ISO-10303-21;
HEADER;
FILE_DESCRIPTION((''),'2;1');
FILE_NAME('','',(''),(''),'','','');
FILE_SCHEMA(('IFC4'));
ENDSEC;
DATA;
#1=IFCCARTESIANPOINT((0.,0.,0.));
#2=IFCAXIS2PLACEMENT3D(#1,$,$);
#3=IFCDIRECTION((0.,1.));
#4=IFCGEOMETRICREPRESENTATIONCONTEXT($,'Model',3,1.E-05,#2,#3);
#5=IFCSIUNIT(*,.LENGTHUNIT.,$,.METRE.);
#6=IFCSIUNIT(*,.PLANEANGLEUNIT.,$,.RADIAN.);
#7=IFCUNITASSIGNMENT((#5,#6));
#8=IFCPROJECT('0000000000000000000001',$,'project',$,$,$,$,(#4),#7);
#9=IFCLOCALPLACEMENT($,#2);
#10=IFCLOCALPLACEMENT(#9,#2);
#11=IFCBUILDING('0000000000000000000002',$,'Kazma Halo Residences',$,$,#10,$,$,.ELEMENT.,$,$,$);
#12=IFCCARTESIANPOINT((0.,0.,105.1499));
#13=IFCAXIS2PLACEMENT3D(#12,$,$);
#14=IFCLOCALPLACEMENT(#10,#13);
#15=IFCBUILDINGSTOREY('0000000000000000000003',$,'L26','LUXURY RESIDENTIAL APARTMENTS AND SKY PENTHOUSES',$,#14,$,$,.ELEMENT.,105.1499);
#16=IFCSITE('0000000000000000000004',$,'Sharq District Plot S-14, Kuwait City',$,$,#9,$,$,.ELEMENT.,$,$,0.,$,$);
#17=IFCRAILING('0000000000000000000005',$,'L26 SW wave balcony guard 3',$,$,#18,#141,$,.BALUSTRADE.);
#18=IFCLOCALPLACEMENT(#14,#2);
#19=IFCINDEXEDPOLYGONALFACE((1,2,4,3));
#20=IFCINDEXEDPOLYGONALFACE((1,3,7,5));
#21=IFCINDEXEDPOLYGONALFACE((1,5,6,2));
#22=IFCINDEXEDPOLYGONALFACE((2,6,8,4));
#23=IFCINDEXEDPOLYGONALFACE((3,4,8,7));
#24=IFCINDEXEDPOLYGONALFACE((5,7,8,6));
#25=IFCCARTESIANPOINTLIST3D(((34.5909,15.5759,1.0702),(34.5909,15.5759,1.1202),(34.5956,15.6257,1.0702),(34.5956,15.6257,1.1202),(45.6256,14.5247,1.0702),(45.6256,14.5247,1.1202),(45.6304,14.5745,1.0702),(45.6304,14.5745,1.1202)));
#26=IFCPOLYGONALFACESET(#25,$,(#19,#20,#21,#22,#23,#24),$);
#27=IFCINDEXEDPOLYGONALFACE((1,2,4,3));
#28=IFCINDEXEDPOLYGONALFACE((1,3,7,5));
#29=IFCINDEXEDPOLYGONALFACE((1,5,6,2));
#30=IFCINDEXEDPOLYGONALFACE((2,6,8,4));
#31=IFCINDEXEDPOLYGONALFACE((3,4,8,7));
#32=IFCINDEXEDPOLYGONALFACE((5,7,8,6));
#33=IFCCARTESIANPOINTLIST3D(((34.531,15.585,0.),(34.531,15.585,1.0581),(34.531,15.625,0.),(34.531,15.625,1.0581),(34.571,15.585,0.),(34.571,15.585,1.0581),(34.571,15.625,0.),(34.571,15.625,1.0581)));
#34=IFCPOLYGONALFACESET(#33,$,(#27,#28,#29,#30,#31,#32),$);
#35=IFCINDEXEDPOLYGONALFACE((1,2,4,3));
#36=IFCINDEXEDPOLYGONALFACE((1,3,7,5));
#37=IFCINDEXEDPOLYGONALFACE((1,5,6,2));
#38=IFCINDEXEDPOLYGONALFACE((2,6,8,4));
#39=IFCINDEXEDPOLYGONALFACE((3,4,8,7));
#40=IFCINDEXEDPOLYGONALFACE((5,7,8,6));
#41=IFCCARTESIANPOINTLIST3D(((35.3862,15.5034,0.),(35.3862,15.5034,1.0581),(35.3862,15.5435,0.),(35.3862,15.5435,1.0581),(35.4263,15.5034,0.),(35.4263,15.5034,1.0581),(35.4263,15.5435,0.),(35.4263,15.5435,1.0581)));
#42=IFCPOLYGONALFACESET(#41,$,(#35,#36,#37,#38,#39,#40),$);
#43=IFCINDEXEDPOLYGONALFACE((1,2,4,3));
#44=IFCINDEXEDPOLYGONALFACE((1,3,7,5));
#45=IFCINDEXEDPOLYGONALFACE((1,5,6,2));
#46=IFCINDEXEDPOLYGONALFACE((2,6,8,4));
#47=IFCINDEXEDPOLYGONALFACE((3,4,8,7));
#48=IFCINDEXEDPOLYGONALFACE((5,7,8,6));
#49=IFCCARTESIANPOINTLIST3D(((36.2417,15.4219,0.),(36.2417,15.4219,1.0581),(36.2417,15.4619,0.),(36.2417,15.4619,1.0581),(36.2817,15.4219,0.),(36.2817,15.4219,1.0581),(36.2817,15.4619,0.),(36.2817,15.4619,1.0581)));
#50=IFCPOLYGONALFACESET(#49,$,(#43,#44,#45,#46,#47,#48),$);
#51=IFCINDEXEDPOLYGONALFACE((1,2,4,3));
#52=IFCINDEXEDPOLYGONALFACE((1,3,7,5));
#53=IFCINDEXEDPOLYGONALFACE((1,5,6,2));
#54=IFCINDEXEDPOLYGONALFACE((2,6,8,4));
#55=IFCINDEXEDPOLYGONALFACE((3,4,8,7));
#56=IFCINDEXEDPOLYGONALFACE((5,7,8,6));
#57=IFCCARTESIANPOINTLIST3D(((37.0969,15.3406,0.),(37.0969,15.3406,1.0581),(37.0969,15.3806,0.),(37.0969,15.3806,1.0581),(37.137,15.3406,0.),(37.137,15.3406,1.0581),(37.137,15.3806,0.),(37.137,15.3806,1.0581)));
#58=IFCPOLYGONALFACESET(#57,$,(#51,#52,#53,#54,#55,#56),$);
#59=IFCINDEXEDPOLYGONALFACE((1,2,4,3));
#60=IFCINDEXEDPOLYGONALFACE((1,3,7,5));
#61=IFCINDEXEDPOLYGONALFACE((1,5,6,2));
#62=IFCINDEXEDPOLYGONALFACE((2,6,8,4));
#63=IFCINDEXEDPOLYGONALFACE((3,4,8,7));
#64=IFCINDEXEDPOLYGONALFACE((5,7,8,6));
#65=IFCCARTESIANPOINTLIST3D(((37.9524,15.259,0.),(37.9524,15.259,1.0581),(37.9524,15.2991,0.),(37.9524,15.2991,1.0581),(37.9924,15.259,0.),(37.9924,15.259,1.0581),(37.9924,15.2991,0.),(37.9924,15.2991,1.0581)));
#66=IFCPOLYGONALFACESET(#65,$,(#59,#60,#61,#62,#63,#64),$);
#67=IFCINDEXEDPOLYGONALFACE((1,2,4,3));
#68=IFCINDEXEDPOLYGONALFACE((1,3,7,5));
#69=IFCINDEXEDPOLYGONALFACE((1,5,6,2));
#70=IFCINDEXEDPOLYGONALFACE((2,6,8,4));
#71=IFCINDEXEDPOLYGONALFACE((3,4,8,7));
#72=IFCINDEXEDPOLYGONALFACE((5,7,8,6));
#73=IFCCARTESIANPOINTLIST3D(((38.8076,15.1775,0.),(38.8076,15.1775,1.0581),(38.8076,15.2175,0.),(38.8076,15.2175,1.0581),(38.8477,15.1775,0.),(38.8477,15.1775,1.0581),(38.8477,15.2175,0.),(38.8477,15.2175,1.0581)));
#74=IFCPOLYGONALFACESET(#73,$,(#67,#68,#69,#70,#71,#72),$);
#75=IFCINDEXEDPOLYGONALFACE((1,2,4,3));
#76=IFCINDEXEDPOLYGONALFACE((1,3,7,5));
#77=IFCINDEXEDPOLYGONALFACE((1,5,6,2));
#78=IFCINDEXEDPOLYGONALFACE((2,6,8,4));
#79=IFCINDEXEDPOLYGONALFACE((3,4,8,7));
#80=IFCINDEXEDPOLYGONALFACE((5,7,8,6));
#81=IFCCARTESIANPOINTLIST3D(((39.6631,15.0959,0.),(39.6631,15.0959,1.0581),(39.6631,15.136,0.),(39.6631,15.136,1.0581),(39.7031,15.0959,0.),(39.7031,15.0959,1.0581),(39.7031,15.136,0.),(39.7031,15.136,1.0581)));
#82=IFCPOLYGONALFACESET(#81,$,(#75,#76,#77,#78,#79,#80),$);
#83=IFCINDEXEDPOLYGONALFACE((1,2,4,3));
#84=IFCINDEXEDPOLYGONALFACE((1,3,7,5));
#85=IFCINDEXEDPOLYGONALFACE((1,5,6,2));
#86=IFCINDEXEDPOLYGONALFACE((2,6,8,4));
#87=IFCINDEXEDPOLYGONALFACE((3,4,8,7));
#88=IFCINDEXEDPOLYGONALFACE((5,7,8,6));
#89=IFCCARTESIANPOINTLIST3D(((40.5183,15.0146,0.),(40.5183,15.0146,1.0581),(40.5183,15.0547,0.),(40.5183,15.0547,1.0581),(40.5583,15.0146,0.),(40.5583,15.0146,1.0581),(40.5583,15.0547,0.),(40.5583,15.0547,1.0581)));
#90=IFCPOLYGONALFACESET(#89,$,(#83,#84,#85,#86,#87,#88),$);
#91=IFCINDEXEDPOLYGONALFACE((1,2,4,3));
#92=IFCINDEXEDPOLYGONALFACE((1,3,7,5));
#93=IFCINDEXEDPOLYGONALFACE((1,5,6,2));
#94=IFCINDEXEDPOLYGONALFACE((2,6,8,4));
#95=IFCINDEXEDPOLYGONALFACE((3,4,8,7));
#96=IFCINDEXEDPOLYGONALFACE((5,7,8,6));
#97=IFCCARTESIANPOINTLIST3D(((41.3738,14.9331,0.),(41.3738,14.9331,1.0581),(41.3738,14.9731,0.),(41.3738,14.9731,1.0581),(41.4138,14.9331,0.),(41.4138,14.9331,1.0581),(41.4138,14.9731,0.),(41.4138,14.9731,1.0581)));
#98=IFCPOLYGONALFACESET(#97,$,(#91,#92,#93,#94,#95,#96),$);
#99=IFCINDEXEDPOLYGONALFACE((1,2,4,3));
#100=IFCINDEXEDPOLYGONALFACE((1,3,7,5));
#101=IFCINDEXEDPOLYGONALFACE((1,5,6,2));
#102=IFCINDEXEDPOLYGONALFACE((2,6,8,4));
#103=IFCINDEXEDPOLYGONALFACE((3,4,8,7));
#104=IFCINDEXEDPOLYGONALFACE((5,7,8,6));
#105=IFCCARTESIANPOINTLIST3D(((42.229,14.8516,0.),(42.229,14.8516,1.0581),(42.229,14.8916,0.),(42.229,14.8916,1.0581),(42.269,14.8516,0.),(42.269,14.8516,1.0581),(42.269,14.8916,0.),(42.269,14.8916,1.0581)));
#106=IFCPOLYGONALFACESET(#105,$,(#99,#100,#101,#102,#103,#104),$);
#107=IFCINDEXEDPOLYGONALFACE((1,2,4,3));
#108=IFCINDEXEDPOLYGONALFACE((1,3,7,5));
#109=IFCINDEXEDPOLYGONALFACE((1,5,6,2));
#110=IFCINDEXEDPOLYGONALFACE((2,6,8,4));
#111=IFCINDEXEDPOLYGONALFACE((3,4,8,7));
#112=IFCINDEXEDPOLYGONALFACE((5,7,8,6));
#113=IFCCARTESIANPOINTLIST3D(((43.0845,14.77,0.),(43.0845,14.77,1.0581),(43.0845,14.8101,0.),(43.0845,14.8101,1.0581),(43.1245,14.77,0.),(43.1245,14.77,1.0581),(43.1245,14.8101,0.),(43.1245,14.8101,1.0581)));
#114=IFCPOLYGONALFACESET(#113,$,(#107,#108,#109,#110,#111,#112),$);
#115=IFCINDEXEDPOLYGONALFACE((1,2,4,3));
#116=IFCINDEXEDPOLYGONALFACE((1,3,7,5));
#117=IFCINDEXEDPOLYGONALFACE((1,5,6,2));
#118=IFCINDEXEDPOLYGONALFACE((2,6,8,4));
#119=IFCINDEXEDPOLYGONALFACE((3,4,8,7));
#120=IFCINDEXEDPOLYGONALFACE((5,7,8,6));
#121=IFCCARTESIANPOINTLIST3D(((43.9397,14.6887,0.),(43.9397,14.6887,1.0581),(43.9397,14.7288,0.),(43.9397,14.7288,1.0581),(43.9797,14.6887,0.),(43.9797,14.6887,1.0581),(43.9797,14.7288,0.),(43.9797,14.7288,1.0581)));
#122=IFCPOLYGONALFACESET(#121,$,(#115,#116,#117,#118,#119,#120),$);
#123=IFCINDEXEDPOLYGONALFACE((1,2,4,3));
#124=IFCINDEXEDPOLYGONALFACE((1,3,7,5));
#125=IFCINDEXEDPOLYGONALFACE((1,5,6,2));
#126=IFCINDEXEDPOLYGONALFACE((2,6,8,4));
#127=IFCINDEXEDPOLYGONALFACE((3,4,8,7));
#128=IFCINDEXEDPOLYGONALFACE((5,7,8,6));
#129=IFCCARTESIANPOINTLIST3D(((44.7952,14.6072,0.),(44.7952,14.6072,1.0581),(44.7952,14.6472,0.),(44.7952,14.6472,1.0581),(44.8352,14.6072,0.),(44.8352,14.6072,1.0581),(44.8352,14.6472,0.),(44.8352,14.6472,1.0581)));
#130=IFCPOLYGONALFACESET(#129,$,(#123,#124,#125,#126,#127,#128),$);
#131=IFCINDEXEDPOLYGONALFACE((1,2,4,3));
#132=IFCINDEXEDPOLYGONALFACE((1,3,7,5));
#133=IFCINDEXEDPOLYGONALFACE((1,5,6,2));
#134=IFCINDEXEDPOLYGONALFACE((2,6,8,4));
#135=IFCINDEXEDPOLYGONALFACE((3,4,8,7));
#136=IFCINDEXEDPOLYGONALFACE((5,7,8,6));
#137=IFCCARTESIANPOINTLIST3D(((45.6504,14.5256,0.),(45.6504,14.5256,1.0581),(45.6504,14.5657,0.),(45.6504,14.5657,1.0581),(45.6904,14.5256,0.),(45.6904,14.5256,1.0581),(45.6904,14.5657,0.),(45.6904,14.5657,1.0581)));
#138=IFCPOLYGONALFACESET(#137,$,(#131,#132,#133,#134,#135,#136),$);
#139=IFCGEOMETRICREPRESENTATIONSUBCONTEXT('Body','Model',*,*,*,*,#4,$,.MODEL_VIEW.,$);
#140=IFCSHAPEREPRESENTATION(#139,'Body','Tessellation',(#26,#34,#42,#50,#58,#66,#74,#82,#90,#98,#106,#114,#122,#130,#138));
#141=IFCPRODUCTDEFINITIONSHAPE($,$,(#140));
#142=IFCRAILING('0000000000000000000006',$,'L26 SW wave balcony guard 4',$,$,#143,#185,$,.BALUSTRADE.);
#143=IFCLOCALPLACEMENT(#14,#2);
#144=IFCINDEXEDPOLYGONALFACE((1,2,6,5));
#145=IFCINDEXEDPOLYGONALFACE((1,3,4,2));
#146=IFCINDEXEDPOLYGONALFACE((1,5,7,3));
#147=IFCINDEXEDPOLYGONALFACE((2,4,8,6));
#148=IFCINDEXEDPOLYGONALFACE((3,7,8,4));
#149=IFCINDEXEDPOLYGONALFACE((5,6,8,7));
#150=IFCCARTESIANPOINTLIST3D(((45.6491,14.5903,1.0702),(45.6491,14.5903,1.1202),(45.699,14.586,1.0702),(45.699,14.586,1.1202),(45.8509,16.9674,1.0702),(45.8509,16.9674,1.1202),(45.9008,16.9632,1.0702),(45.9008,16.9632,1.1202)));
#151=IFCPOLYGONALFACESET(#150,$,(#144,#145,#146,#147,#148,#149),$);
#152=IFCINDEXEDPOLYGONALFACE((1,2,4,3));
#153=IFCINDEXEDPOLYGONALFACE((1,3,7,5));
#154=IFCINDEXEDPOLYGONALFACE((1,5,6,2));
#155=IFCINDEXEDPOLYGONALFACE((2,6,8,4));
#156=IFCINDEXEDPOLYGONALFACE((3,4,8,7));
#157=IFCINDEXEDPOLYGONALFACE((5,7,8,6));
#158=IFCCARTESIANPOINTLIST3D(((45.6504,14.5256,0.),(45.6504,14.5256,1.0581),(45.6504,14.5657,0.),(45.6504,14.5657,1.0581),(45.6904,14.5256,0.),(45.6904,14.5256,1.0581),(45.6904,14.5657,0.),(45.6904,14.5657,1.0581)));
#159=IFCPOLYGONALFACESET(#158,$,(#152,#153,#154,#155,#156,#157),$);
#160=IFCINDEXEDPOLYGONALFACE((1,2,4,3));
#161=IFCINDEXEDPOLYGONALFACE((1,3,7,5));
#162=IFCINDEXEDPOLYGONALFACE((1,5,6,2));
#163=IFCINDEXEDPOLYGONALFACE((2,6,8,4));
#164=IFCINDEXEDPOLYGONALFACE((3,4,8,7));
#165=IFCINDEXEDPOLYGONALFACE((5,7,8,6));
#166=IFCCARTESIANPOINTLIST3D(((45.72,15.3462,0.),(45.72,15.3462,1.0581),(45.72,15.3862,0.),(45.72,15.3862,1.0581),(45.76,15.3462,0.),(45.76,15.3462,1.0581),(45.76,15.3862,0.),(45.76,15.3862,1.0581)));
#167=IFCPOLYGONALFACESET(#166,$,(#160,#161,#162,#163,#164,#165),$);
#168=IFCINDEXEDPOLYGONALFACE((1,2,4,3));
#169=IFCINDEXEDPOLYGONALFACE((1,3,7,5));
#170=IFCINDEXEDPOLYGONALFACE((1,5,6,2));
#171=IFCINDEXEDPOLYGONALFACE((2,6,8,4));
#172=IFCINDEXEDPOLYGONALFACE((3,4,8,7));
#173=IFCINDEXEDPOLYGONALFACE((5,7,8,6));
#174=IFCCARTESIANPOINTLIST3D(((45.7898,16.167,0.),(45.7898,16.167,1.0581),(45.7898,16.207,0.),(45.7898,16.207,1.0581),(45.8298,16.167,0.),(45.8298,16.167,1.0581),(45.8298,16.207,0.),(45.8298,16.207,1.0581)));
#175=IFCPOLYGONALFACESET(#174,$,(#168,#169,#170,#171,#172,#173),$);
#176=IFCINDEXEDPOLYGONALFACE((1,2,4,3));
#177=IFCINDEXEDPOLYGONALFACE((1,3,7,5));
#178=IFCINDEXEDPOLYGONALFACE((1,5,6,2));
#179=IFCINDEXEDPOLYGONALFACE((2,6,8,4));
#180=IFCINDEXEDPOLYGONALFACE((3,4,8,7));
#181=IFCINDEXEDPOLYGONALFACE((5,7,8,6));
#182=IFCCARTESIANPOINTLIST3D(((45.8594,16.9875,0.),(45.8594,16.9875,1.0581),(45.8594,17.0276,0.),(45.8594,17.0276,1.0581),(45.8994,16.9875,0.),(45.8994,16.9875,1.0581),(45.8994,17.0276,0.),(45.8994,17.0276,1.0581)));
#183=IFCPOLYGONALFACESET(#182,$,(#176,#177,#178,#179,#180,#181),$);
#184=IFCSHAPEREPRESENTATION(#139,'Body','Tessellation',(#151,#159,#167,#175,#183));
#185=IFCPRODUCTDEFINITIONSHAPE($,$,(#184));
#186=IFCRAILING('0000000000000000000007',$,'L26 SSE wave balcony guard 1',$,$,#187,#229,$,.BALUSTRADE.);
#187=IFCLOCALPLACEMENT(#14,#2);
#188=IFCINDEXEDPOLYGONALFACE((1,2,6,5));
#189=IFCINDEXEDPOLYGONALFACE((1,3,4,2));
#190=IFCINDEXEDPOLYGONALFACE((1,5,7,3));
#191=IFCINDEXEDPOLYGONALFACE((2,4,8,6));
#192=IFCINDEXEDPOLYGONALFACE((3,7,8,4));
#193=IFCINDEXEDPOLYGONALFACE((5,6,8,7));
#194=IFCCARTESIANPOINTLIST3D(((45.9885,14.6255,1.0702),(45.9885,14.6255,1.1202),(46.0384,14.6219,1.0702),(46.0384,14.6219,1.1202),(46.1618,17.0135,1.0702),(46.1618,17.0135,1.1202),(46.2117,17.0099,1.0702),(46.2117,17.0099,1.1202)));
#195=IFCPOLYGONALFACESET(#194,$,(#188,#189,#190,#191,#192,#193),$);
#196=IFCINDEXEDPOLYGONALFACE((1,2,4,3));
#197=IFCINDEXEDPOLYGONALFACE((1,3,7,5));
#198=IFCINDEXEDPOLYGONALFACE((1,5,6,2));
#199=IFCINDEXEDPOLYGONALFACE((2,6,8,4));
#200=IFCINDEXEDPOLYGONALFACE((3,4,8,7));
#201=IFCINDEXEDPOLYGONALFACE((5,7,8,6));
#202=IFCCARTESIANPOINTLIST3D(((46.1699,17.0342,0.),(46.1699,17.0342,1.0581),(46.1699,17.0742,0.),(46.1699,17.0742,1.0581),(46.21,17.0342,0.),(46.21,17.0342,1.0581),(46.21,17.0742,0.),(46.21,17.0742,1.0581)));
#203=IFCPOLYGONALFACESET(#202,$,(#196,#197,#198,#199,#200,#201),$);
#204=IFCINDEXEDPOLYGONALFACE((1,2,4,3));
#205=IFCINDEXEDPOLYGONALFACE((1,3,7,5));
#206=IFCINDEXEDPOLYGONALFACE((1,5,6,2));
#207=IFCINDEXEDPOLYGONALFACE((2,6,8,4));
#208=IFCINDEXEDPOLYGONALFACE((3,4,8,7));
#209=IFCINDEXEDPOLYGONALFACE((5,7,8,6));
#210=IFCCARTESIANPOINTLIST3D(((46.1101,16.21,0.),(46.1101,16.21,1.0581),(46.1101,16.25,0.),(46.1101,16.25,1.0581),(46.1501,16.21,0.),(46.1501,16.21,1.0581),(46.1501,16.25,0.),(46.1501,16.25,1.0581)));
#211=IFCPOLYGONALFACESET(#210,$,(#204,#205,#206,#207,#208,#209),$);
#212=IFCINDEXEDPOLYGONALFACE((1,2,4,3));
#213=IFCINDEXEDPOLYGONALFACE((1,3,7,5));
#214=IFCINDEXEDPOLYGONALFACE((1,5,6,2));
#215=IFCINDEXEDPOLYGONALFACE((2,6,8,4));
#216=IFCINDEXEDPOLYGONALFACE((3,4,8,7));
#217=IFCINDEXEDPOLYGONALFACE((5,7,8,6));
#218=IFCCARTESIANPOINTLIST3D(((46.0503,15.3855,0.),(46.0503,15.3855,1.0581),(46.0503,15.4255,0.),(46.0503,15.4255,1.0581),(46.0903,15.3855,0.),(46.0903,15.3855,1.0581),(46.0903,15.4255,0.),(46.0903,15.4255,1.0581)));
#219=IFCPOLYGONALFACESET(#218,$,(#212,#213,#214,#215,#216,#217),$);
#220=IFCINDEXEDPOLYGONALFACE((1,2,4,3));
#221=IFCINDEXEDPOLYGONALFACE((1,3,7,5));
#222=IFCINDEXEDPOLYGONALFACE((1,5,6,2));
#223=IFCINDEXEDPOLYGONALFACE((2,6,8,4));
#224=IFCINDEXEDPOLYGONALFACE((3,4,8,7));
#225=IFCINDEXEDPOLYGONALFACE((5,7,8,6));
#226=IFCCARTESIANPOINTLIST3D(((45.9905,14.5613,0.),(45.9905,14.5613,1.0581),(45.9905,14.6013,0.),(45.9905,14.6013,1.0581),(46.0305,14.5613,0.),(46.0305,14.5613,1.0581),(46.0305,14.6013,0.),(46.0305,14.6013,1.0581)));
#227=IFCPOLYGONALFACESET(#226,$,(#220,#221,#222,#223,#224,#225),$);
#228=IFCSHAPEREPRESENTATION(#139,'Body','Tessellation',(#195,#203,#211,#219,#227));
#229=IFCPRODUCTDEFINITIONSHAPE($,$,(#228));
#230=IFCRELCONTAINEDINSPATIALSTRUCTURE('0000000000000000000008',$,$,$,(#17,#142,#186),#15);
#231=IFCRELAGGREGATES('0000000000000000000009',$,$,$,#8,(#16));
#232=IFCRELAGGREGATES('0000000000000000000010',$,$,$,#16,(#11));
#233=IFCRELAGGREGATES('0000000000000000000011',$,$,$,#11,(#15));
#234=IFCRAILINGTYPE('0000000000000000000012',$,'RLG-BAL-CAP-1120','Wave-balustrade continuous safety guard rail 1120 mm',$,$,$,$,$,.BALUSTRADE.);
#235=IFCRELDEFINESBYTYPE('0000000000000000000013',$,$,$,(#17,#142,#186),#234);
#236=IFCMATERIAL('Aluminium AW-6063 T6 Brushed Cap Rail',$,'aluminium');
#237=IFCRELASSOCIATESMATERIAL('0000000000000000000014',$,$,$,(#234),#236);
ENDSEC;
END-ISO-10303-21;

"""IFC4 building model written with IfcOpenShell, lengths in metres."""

from ifc_helpers import new_model, si_unit, direction, frame, origin, origin_2d, place, context, subcontext, project, spatial, rectangle, extrude, material, type_object, element, save


model = new_model("IFC4")

# Units and contexts
model_context = context("Model", 3, precision=1e-05, world=origin(), true_north=direction((0.0, 1.0)))
body_context = subcontext(model_context, "Body", "Model", "MODEL_VIEW")
ifc_project = project(units=[si_unit("LENGTHUNIT", "METRE"), si_unit("PLANEANGLEUNIT", "RADIAN")], contexts=[model_context])

# Site, building, storey
site_placement = place(None, origin())
site = spatial("IfcSite", under=ifc_project, at=site_placement, Name="Sharq District Plot S-14, Kuwait City", CompositionType="ELEMENT", RefElevation=0.0)
building_placement = place(site_placement, origin())
building = spatial("IfcBuilding", under=site, at=building_placement, Name="Kazma Halo Residences", CompositionType="ELEMENT")
storey_placement = place(building_placement, frame((0.0, 0.0, 105.1499)))
storey = spatial("IfcBuildingStorey", under=building, at=storey_placement, Name="L26", Description="LUXURY RESIDENTIAL APARTMENTS AND SKY PENTHOUSES", CompositionType="ELEMENT", Elevation=105.1499)

# Railings
ifc_material_1 = material(Name="Aluminium AW-6063 T6 Brushed Cap Rail", Category="aluminium")
railing_type = type_object("IfcRailingType", Name="RLG-BAL-CAP-1120", Description="Wave-balustrade continuous safety guard rail 1120 mm", PredefinedType="BALUSTRADE", material=ifc_material_1)
railing_1_placement = place(storey_placement, frame((34.551, 15.605, 0.0)))
element("IfcRailing", 1, at=railing_1_placement, inside=storey, type_object=railing_type, Name="L26 SW wave balcony guard 3", PredefinedType="BALUSTRADE", context=body_context, shape_type="SweptSolid", body=[
    extrude(rectangle(XDim=0.05, YDim=0.05, at=origin_2d()), frame((0.0422, -0.0042, 1.0952), z_axis=(0.995493, -0.094839, 0.0), x_axis=(0.094839, 0.995493, 0.0)), (0.0, 0.0, 1.0), 11.0847),
    extrude(rectangle(XDim=0.04, YDim=0.04, at=origin_2d()), origin(), (0.0, 0.0, 1.0), 1.0581),
    extrude(rectangle(XDim=0.04, YDim=0.04, at=origin_2d()), frame((0.8552, -0.0815, 0.0)), (0.0, 0.0, 1.0), 1.0581),
    extrude(rectangle(XDim=0.04, YDim=0.04, at=origin_2d()), frame((1.7107, -0.1631, 0.0)), (0.0, 0.0, 1.0), 1.0581),
    extrude(rectangle(XDim=0.04, YDim=0.04, at=origin_2d()), frame((2.5659, -0.2444, 0.0)), (0.0, 0.0, 1.0), 1.0581),
    extrude(rectangle(XDim=0.04, YDim=0.04, at=origin_2d()), frame((3.4214, -0.3259, 0.0)), (0.0, 0.0, 1.0), 1.0581),
    extrude(rectangle(XDim=0.04, YDim=0.04, at=origin_2d()), frame((4.2766, -0.4075, 0.0)), (0.0, 0.0, 1.0), 1.0581),
    extrude(rectangle(XDim=0.04, YDim=0.04, at=origin_2d()), frame((5.1321, -0.489, 0.0)), (0.0, 0.0, 1.0), 1.0581),
    extrude(rectangle(XDim=0.04, YDim=0.04, at=origin_2d()), frame((5.9873, -0.5703, 0.0)), (0.0, 0.0, 1.0), 1.0581),
    extrude(rectangle(XDim=0.04, YDim=0.04, at=origin_2d()), frame((6.8428, -0.6519, 0.0)), (0.0, 0.0, 1.0), 1.0581),
    extrude(rectangle(XDim=0.04, YDim=0.04, at=origin_2d()), frame((7.698, -0.7334, 0.0)), (0.0, 0.0, 1.0), 1.0581),
    extrude(rectangle(XDim=0.04, YDim=0.04, at=origin_2d()), frame((8.5535, -0.8149, 0.0)), (0.0, 0.0, 1.0), 1.0581),
    extrude(rectangle(XDim=0.04, YDim=0.04, at=origin_2d()), frame((9.4087, -0.8962, 0.0)), (0.0, 0.0, 1.0), 1.0581),
    extrude(rectangle(XDim=0.04, YDim=0.04, at=origin_2d()), frame((10.2642, -0.9778, 0.0)), (0.0, 0.0, 1.0), 1.0581),
    extrude(rectangle(XDim=0.04, YDim=0.04, at=origin_2d()), frame((11.1194, -1.0593, 0.0)), (0.0, 0.0, 1.0), 1.0581),
])
railing_2_placement = place(storey_placement, frame((45.6704, 14.5457, 0.0)))
element("IfcRailing", 2, at=railing_2_placement, inside=storey, type_object=railing_type, Name="L26 SW wave balcony guard 4", PredefinedType="BALUSTRADE", context=body_context, shape_type="SweptSolid", body=[
    extrude(rectangle(XDim=0.05, YDim=0.05, at=origin_2d()), frame((0.0037, 0.0425, 1.0952), z_axis=(0.084583, 0.996416, 0.0), x_axis=(-0.996416, 0.084583, 0.0)), (0.0, 0.0, 1.0), 2.3857),
    extrude(rectangle(XDim=0.04, YDim=0.04, at=origin_2d()), origin(), (0.0, 0.0, 1.0), 1.0581),
    extrude(rectangle(XDim=0.04, YDim=0.04, at=origin_2d()), frame((0.0696, 0.8206, 0.0)), (0.0, 0.0, 1.0), 1.0581),
    extrude(rectangle(XDim=0.04, YDim=0.04, at=origin_2d()), frame((0.1394, 1.6414, 0.0)), (0.0, 0.0, 1.0), 1.0581),
    extrude(rectangle(XDim=0.04, YDim=0.04, at=origin_2d()), frame((0.209, 2.4619, 0.0)), (0.0, 0.0, 1.0), 1.0581),
])
railing_3_placement = place(storey_placement, frame((46.1899, 17.0542, 0.0)))
element("IfcRailing", 3, at=railing_3_placement, inside=storey, type_object=railing_type, Name="L26 SSE wave balcony guard 1", PredefinedType="BALUSTRADE", context=body_context, shape_type="SweptSolid", body=[
    extrude(rectangle(XDim=0.05, YDim=0.05, at=origin_2d()), frame((-0.0032, -0.0425, 1.0952), z_axis=(-0.072374, -0.997378, 0.0), x_axis=(0.997378, -0.072374, 0.0)), (0.0, 0.0, 1.0), 2.3943),
    extrude(rectangle(XDim=0.04, YDim=0.04, at=origin_2d()), origin(), (0.0, 0.0, 1.0), 1.0581),
    extrude(rectangle(XDim=0.04, YDim=0.04, at=origin_2d()), frame((-0.0598, -0.8242, 0.0)), (0.0, 0.0, 1.0), 1.0581),
    extrude(rectangle(XDim=0.04, YDim=0.04, at=origin_2d()), frame((-0.1196, -1.6487, 0.0)), (0.0, 0.0, 1.0), 1.0581),
    extrude(rectangle(XDim=0.04, YDim=0.04, at=origin_2d()), frame((-0.1794, -2.4729, 0.0)), (0.0, 0.0, 1.0), 1.0581),
])

save(model, "model.ifc")
